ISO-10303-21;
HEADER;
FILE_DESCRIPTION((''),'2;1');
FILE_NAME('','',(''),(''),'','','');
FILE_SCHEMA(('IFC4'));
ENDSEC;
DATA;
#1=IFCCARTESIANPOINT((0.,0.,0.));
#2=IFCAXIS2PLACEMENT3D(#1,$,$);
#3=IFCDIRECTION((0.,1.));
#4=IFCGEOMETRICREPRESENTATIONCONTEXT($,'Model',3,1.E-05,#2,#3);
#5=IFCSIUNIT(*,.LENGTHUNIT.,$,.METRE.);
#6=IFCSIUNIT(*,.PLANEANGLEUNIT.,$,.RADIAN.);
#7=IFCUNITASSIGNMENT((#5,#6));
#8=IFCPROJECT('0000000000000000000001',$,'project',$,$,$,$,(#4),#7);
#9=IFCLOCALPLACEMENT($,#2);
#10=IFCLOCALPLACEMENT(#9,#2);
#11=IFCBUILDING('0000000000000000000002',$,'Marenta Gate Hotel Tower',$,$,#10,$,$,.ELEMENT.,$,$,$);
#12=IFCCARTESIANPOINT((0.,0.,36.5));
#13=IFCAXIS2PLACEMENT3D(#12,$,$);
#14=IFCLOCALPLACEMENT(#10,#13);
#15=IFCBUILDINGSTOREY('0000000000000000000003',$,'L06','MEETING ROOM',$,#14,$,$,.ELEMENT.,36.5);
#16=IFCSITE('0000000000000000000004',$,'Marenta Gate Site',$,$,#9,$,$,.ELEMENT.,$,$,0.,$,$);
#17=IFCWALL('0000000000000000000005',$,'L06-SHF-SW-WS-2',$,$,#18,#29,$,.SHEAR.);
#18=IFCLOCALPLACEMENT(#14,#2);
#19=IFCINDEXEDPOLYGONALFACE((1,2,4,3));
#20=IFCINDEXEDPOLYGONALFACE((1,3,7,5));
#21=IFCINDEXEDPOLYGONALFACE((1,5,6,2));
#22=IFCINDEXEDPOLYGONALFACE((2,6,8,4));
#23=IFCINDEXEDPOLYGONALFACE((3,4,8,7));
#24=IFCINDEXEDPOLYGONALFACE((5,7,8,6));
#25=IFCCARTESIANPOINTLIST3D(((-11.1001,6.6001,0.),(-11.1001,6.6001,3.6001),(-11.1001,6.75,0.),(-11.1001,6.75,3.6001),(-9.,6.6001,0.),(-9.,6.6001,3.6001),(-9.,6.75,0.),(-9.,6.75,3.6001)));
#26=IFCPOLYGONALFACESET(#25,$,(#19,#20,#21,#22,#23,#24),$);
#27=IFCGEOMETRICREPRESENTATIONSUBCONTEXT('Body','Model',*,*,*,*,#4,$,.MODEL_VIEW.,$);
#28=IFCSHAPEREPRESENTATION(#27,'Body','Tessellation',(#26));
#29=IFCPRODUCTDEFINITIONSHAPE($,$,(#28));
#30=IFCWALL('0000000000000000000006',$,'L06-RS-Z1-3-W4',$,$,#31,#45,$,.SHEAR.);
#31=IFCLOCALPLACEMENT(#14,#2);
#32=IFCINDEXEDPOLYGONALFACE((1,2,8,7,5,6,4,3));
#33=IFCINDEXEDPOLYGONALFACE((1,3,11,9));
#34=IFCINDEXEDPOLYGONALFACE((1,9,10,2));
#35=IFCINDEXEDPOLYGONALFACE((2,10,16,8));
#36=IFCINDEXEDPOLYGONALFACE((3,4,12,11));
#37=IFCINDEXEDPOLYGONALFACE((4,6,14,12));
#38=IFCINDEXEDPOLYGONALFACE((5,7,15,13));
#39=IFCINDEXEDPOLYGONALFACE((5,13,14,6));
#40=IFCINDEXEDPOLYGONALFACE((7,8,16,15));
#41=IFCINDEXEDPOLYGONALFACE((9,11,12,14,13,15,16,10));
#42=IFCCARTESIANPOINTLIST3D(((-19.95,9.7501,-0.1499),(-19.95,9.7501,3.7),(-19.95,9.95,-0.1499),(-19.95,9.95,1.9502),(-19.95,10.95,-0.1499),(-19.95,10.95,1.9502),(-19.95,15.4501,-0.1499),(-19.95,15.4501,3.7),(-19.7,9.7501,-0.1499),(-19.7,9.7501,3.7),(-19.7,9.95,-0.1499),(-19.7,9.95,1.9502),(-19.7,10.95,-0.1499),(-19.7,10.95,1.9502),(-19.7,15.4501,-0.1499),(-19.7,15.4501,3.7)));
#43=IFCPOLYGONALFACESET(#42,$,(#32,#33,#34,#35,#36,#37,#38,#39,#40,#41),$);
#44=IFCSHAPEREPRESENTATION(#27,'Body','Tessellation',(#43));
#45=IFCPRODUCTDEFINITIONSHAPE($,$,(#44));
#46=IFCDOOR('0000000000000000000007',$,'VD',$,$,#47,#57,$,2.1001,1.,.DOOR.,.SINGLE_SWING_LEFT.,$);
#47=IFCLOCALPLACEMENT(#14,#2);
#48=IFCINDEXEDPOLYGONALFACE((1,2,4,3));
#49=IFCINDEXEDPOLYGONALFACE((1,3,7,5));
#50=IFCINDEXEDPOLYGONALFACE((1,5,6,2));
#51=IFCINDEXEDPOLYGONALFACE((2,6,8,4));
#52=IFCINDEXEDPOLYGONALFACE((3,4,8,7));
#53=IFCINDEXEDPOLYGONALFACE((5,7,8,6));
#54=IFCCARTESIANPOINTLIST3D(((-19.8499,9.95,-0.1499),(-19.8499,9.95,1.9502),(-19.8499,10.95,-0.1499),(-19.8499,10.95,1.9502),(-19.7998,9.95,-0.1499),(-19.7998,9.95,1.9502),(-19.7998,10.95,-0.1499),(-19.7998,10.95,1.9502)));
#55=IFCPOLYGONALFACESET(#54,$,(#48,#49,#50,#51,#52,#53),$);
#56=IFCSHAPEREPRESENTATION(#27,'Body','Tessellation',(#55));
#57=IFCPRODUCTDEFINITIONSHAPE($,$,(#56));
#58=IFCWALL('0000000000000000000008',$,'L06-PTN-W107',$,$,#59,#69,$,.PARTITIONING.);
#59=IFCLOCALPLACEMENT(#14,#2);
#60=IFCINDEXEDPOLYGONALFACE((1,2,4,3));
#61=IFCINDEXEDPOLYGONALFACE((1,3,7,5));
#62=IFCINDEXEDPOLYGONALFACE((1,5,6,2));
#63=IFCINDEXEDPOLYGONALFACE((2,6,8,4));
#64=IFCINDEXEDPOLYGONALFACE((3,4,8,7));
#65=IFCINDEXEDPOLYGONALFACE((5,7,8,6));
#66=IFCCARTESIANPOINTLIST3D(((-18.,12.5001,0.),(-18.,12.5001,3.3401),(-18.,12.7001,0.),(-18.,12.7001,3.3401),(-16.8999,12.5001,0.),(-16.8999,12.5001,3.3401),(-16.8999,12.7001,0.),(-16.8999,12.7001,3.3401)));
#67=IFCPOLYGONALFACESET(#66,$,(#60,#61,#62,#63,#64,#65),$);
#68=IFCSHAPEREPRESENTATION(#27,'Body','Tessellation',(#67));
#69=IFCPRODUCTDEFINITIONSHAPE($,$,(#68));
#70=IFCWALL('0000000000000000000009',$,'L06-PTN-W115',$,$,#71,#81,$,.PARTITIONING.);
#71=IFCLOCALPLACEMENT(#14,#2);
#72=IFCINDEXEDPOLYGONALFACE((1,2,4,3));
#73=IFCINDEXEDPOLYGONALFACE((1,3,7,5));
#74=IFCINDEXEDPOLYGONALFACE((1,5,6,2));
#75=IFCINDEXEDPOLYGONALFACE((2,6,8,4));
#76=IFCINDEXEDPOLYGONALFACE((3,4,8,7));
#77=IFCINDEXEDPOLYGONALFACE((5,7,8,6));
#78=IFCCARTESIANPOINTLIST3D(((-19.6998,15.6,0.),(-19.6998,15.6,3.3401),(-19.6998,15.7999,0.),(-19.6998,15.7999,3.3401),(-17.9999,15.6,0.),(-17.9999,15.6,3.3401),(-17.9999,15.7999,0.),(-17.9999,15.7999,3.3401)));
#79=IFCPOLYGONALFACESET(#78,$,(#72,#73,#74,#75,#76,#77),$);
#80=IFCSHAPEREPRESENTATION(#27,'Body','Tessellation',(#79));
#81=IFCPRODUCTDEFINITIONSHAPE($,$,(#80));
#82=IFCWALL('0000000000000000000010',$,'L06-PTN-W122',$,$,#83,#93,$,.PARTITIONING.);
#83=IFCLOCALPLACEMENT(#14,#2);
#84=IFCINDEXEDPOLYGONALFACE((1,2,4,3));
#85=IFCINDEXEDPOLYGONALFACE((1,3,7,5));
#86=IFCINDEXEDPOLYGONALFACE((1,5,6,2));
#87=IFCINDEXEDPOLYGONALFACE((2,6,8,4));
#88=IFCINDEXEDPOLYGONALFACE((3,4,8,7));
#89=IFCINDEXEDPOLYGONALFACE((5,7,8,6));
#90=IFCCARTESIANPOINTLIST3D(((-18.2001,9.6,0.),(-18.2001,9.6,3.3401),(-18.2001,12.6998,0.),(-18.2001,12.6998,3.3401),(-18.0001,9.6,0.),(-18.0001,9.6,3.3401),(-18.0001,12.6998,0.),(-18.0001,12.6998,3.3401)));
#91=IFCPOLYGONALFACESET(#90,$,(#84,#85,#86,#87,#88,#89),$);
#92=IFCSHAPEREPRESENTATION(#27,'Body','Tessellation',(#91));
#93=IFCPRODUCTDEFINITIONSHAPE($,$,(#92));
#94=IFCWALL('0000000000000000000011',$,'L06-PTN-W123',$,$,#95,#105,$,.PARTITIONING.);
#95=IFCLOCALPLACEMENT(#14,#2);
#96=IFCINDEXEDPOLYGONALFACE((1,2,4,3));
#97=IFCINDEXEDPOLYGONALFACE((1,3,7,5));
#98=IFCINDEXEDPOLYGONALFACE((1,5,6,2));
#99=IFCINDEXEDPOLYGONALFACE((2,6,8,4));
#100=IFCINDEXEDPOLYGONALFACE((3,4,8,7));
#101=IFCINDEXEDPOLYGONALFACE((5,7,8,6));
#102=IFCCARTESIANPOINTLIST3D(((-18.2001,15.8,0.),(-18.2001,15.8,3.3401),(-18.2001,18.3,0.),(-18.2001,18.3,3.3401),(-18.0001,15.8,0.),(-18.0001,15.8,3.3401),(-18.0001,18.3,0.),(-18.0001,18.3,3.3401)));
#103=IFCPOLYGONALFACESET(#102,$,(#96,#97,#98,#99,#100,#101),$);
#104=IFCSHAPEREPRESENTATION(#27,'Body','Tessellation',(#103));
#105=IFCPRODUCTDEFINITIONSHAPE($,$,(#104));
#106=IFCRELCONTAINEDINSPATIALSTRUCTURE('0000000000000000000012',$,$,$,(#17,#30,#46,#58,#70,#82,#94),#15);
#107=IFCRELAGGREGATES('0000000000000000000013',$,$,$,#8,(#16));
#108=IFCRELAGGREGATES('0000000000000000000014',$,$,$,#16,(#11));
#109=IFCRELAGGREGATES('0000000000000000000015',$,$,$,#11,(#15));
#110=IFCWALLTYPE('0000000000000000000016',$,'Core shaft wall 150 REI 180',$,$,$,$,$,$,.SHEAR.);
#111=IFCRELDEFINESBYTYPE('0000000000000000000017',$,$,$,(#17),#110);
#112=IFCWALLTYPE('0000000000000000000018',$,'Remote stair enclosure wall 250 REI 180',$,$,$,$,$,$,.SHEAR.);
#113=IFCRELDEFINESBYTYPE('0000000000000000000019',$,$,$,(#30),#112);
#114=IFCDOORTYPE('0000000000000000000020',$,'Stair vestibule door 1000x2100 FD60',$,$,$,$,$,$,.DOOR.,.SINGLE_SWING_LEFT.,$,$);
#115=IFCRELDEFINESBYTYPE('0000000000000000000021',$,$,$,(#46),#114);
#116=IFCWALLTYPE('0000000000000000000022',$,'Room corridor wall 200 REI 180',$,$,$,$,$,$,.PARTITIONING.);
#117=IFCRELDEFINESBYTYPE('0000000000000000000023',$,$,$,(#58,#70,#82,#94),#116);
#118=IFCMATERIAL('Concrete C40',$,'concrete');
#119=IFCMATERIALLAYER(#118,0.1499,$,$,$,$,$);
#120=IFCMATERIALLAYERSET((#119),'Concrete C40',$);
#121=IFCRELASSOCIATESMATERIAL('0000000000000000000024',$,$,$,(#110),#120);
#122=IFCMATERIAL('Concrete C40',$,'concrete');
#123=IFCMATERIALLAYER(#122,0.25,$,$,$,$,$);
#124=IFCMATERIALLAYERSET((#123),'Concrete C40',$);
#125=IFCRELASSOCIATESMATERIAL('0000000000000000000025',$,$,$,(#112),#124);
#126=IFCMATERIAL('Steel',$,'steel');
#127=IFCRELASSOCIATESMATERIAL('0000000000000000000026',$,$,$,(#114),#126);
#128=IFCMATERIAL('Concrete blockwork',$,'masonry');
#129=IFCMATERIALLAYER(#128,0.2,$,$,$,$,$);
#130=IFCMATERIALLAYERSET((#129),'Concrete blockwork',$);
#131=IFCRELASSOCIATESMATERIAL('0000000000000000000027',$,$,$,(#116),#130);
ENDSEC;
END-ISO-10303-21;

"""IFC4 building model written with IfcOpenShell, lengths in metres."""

from ifc_helpers import new_model, si_unit, direction, frame, frame_2d, origin, place, context, subcontext, project, spatial, rectangle, extrude, material, layer, layer_set, type_object, element, fill, save


model = new_model("IFC4")

# Units and contexts
model_context = context("Model", 3, precision=1e-05, world=origin(), true_north=direction((0.0, 1.0)))
body_context = subcontext(model_context, "Body", "Model", "MODEL_VIEW")
ifc_project = project(units=[si_unit("LENGTHUNIT", "METRE"), si_unit("PLANEANGLEUNIT", "RADIAN")], contexts=[model_context])

# Site, building, storey
site_placement = place(None, origin())
site = spatial("IfcSite", under=ifc_project, at=site_placement, Name="Marenta Gate Site", CompositionType="ELEMENT", RefElevation=0.0)
building_placement = place(site_placement, origin())
building = spatial("IfcBuilding", under=site, at=building_placement, Name="Marenta Gate Hotel Tower", CompositionType="ELEMENT")
storey_placement = place(building_placement, frame((0.0, 0.0, 36.5)))
storey = spatial("IfcBuildingStorey", under=building, at=storey_placement, Name="L06", Description="MEETING ROOM", CompositionType="ELEMENT", Elevation=36.5)

# Wall
ifc_material_1 = material(Name="Concrete C40", Category="concrete")
ifc_layer_1 = layer(ifc_material_1, 0.1499)
ifc_layer_set_1 = layer_set([ifc_layer_1], Name="Concrete C40")
wall_type_1 = type_object("IfcWallType", Name="Core shaft wall 150 REI 180", PredefinedType="SHEAR", material=ifc_layer_set_1)
wall_1_placement = place(storey_placement, frame((-11.1001, 6.675, 0.0), z_axis=(0.0, 0.0, 1.0), x_axis=(1.0, 0.0, 0.0)))
element("IfcWall", 1, at=wall_1_placement, inside=storey, type_object=wall_type_1, Name="L06-SHF-SW-WS-2", PredefinedType="SHEAR", context=body_context, shape_type="SweptSolid", body=[
    extrude(rectangle(XDim=2.1001, YDim=0.1499, at=frame_2d((1.05, 0.0))), origin(), (0.0, 0.0, 1.0), 3.6001),
])

# Wall, opening, door
ifc_material_2 = material(Name="Concrete C40", Category="concrete")
ifc_layer_2 = layer(ifc_material_2, 0.25)
ifc_layer_set_2 = layer_set([ifc_layer_2], Name="Concrete C40")
wall_type_2 = type_object("IfcWallType", Name="Remote stair enclosure wall 250 REI 180", PredefinedType="SHEAR", material=ifc_layer_set_2)
wall_2_placement = place(storey_placement, frame((-19.825, 9.75, -0.1499), z_axis=(0.0, 0.0, 1.0), x_axis=(0.0, 1.0, 0.0)))
wall_2 = element("IfcWall", 2, at=wall_2_placement, inside=storey, type_object=wall_type_2, Name="L06-RS-Z1-3-W4", PredefinedType="SHEAR", context=body_context, shape_type="SweptSolid", body=[
    extrude(rectangle(XDim=5.7, YDim=0.25, at=frame_2d((2.8501, 0.0))), origin(), (0.0, 0.0, 1.0), 3.8499),
])
opening_1_placement = place(wall_2_placement, frame((0.2, 0.0, 0.0)))
opening_1 = element("IfcOpeningElement", 3, at=opening_1_placement, cuts=wall_2, PredefinedType="OPENING", context=body_context, shape_type="SweptSolid", body=[
    extrude(rectangle(XDim=1.0, YDim=2.1001, at=frame_2d((0.5, 1.05))), frame((0.0, 0.125, 0.0), z_axis=(0.0, -1.0, 0.0), x_axis=(1.0, 0.0, 0.0)), (0.0, 0.0, 1.0), 0.25),
])
ifc_material_3 = material(Name="Steel", Category="steel")
door_type_1 = type_object("IfcDoorType", Name="Stair vestibule door 1000x2100 FD60", OperationType="SINGLE_SWING_LEFT", PredefinedType="DOOR", material=ifc_material_3)
door_1_placement = place(opening_1_placement, origin())
door_1 = element("IfcDoor", 4, at=door_1_placement, inside=storey, type_object=door_type_1, Name="VD", OperationType="SINGLE_SWING_LEFT", OverallHeight=2.1001, OverallWidth=1.0, PredefinedType="DOOR", context=body_context, shape_type="SweptSolid", body=[
    extrude(rectangle(XDim=1.0, YDim=2.1001, at=frame_2d((0.5, 1.05))), frame((0.0, 0.0249, 0.0), z_axis=(0.0, -1.0, 0.0), x_axis=(1.0, 0.0, 0.0)), (0.0, 0.0, 1.0), 0.05),
])
fill(opening_1, door_1)
ifc_material_4 = material(Name="Concrete blockwork", Category="masonry")
ifc_layer_3 = layer(ifc_material_4, 0.2)
ifc_layer_set_3 = layer_set([ifc_layer_3], Name="Concrete blockwork")
wall_type_3 = type_object("IfcWallType", Name="Room corridor wall 200 REI 180", PredefinedType="PARTITIONING", material=ifc_layer_set_3)

# Wall
wall_3_placement = place(storey_placement, frame((-18.0, 12.6001, 0.0), z_axis=(0.0, 0.0, 1.0), x_axis=(1.0, 0.0, 0.0)))
element("IfcWall", 5, at=wall_3_placement, inside=storey, type_object=wall_type_3, Name="L06-PTN-W107", PredefinedType="PARTITIONING", context=body_context, shape_type="SweptSolid", body=[
    extrude(rectangle(XDim=1.1001, YDim=0.2, at=frame_2d((0.55, 0.0))), origin(), (0.0, 0.0, 1.0), 3.3401),
])

# Walls
wall_4_placement = place(storey_placement, frame((-19.7, 15.7, 0.0), z_axis=(0.0, 0.0, 1.0), x_axis=(1.0, 0.0, 0.0)))
element("IfcWall", 6, at=wall_4_placement, inside=storey, type_object=wall_type_3, Name="L06-PTN-W115", PredefinedType="PARTITIONING", context=body_context, shape_type="SweptSolid", body=[
    extrude(rectangle(XDim=1.7, YDim=0.2, at=frame_2d((0.8501, 0.0))), origin(), (0.0, 0.0, 1.0), 3.3401),
])
wall_5_placement = place(storey_placement, frame((-18.1001, 9.6001, 0.0), z_axis=(0.0, 0.0, 1.0), x_axis=(0.0, 1.0, 0.0)))
element("IfcWall", 7, at=wall_5_placement, inside=storey, type_object=wall_type_3, Name="L06-PTN-W122", PredefinedType="PARTITIONING", context=body_context, shape_type="SweptSolid", body=[
    extrude(rectangle(XDim=3.0999, YDim=0.2, at=frame_2d((1.5498, 0.0))), origin(), (0.0, 0.0, 1.0), 3.3401),
])
wall_6_placement = place(storey_placement, frame((-18.1001, 15.8, 0.0), z_axis=(0.0, 0.0, 1.0), x_axis=(0.0, 1.0, 0.0)))
element("IfcWall", 8, at=wall_6_placement, inside=storey, type_object=wall_type_3, Name="L06-PTN-W123", PredefinedType="PARTITIONING", context=body_context, shape_type="SweptSolid", body=[
    extrude(rectangle(XDim=2.5, YDim=0.2, at=frame_2d((1.25, 0.0))), origin(), (0.0, 0.0, 1.0), 3.3401),
])

save(model, "model.ifc")
